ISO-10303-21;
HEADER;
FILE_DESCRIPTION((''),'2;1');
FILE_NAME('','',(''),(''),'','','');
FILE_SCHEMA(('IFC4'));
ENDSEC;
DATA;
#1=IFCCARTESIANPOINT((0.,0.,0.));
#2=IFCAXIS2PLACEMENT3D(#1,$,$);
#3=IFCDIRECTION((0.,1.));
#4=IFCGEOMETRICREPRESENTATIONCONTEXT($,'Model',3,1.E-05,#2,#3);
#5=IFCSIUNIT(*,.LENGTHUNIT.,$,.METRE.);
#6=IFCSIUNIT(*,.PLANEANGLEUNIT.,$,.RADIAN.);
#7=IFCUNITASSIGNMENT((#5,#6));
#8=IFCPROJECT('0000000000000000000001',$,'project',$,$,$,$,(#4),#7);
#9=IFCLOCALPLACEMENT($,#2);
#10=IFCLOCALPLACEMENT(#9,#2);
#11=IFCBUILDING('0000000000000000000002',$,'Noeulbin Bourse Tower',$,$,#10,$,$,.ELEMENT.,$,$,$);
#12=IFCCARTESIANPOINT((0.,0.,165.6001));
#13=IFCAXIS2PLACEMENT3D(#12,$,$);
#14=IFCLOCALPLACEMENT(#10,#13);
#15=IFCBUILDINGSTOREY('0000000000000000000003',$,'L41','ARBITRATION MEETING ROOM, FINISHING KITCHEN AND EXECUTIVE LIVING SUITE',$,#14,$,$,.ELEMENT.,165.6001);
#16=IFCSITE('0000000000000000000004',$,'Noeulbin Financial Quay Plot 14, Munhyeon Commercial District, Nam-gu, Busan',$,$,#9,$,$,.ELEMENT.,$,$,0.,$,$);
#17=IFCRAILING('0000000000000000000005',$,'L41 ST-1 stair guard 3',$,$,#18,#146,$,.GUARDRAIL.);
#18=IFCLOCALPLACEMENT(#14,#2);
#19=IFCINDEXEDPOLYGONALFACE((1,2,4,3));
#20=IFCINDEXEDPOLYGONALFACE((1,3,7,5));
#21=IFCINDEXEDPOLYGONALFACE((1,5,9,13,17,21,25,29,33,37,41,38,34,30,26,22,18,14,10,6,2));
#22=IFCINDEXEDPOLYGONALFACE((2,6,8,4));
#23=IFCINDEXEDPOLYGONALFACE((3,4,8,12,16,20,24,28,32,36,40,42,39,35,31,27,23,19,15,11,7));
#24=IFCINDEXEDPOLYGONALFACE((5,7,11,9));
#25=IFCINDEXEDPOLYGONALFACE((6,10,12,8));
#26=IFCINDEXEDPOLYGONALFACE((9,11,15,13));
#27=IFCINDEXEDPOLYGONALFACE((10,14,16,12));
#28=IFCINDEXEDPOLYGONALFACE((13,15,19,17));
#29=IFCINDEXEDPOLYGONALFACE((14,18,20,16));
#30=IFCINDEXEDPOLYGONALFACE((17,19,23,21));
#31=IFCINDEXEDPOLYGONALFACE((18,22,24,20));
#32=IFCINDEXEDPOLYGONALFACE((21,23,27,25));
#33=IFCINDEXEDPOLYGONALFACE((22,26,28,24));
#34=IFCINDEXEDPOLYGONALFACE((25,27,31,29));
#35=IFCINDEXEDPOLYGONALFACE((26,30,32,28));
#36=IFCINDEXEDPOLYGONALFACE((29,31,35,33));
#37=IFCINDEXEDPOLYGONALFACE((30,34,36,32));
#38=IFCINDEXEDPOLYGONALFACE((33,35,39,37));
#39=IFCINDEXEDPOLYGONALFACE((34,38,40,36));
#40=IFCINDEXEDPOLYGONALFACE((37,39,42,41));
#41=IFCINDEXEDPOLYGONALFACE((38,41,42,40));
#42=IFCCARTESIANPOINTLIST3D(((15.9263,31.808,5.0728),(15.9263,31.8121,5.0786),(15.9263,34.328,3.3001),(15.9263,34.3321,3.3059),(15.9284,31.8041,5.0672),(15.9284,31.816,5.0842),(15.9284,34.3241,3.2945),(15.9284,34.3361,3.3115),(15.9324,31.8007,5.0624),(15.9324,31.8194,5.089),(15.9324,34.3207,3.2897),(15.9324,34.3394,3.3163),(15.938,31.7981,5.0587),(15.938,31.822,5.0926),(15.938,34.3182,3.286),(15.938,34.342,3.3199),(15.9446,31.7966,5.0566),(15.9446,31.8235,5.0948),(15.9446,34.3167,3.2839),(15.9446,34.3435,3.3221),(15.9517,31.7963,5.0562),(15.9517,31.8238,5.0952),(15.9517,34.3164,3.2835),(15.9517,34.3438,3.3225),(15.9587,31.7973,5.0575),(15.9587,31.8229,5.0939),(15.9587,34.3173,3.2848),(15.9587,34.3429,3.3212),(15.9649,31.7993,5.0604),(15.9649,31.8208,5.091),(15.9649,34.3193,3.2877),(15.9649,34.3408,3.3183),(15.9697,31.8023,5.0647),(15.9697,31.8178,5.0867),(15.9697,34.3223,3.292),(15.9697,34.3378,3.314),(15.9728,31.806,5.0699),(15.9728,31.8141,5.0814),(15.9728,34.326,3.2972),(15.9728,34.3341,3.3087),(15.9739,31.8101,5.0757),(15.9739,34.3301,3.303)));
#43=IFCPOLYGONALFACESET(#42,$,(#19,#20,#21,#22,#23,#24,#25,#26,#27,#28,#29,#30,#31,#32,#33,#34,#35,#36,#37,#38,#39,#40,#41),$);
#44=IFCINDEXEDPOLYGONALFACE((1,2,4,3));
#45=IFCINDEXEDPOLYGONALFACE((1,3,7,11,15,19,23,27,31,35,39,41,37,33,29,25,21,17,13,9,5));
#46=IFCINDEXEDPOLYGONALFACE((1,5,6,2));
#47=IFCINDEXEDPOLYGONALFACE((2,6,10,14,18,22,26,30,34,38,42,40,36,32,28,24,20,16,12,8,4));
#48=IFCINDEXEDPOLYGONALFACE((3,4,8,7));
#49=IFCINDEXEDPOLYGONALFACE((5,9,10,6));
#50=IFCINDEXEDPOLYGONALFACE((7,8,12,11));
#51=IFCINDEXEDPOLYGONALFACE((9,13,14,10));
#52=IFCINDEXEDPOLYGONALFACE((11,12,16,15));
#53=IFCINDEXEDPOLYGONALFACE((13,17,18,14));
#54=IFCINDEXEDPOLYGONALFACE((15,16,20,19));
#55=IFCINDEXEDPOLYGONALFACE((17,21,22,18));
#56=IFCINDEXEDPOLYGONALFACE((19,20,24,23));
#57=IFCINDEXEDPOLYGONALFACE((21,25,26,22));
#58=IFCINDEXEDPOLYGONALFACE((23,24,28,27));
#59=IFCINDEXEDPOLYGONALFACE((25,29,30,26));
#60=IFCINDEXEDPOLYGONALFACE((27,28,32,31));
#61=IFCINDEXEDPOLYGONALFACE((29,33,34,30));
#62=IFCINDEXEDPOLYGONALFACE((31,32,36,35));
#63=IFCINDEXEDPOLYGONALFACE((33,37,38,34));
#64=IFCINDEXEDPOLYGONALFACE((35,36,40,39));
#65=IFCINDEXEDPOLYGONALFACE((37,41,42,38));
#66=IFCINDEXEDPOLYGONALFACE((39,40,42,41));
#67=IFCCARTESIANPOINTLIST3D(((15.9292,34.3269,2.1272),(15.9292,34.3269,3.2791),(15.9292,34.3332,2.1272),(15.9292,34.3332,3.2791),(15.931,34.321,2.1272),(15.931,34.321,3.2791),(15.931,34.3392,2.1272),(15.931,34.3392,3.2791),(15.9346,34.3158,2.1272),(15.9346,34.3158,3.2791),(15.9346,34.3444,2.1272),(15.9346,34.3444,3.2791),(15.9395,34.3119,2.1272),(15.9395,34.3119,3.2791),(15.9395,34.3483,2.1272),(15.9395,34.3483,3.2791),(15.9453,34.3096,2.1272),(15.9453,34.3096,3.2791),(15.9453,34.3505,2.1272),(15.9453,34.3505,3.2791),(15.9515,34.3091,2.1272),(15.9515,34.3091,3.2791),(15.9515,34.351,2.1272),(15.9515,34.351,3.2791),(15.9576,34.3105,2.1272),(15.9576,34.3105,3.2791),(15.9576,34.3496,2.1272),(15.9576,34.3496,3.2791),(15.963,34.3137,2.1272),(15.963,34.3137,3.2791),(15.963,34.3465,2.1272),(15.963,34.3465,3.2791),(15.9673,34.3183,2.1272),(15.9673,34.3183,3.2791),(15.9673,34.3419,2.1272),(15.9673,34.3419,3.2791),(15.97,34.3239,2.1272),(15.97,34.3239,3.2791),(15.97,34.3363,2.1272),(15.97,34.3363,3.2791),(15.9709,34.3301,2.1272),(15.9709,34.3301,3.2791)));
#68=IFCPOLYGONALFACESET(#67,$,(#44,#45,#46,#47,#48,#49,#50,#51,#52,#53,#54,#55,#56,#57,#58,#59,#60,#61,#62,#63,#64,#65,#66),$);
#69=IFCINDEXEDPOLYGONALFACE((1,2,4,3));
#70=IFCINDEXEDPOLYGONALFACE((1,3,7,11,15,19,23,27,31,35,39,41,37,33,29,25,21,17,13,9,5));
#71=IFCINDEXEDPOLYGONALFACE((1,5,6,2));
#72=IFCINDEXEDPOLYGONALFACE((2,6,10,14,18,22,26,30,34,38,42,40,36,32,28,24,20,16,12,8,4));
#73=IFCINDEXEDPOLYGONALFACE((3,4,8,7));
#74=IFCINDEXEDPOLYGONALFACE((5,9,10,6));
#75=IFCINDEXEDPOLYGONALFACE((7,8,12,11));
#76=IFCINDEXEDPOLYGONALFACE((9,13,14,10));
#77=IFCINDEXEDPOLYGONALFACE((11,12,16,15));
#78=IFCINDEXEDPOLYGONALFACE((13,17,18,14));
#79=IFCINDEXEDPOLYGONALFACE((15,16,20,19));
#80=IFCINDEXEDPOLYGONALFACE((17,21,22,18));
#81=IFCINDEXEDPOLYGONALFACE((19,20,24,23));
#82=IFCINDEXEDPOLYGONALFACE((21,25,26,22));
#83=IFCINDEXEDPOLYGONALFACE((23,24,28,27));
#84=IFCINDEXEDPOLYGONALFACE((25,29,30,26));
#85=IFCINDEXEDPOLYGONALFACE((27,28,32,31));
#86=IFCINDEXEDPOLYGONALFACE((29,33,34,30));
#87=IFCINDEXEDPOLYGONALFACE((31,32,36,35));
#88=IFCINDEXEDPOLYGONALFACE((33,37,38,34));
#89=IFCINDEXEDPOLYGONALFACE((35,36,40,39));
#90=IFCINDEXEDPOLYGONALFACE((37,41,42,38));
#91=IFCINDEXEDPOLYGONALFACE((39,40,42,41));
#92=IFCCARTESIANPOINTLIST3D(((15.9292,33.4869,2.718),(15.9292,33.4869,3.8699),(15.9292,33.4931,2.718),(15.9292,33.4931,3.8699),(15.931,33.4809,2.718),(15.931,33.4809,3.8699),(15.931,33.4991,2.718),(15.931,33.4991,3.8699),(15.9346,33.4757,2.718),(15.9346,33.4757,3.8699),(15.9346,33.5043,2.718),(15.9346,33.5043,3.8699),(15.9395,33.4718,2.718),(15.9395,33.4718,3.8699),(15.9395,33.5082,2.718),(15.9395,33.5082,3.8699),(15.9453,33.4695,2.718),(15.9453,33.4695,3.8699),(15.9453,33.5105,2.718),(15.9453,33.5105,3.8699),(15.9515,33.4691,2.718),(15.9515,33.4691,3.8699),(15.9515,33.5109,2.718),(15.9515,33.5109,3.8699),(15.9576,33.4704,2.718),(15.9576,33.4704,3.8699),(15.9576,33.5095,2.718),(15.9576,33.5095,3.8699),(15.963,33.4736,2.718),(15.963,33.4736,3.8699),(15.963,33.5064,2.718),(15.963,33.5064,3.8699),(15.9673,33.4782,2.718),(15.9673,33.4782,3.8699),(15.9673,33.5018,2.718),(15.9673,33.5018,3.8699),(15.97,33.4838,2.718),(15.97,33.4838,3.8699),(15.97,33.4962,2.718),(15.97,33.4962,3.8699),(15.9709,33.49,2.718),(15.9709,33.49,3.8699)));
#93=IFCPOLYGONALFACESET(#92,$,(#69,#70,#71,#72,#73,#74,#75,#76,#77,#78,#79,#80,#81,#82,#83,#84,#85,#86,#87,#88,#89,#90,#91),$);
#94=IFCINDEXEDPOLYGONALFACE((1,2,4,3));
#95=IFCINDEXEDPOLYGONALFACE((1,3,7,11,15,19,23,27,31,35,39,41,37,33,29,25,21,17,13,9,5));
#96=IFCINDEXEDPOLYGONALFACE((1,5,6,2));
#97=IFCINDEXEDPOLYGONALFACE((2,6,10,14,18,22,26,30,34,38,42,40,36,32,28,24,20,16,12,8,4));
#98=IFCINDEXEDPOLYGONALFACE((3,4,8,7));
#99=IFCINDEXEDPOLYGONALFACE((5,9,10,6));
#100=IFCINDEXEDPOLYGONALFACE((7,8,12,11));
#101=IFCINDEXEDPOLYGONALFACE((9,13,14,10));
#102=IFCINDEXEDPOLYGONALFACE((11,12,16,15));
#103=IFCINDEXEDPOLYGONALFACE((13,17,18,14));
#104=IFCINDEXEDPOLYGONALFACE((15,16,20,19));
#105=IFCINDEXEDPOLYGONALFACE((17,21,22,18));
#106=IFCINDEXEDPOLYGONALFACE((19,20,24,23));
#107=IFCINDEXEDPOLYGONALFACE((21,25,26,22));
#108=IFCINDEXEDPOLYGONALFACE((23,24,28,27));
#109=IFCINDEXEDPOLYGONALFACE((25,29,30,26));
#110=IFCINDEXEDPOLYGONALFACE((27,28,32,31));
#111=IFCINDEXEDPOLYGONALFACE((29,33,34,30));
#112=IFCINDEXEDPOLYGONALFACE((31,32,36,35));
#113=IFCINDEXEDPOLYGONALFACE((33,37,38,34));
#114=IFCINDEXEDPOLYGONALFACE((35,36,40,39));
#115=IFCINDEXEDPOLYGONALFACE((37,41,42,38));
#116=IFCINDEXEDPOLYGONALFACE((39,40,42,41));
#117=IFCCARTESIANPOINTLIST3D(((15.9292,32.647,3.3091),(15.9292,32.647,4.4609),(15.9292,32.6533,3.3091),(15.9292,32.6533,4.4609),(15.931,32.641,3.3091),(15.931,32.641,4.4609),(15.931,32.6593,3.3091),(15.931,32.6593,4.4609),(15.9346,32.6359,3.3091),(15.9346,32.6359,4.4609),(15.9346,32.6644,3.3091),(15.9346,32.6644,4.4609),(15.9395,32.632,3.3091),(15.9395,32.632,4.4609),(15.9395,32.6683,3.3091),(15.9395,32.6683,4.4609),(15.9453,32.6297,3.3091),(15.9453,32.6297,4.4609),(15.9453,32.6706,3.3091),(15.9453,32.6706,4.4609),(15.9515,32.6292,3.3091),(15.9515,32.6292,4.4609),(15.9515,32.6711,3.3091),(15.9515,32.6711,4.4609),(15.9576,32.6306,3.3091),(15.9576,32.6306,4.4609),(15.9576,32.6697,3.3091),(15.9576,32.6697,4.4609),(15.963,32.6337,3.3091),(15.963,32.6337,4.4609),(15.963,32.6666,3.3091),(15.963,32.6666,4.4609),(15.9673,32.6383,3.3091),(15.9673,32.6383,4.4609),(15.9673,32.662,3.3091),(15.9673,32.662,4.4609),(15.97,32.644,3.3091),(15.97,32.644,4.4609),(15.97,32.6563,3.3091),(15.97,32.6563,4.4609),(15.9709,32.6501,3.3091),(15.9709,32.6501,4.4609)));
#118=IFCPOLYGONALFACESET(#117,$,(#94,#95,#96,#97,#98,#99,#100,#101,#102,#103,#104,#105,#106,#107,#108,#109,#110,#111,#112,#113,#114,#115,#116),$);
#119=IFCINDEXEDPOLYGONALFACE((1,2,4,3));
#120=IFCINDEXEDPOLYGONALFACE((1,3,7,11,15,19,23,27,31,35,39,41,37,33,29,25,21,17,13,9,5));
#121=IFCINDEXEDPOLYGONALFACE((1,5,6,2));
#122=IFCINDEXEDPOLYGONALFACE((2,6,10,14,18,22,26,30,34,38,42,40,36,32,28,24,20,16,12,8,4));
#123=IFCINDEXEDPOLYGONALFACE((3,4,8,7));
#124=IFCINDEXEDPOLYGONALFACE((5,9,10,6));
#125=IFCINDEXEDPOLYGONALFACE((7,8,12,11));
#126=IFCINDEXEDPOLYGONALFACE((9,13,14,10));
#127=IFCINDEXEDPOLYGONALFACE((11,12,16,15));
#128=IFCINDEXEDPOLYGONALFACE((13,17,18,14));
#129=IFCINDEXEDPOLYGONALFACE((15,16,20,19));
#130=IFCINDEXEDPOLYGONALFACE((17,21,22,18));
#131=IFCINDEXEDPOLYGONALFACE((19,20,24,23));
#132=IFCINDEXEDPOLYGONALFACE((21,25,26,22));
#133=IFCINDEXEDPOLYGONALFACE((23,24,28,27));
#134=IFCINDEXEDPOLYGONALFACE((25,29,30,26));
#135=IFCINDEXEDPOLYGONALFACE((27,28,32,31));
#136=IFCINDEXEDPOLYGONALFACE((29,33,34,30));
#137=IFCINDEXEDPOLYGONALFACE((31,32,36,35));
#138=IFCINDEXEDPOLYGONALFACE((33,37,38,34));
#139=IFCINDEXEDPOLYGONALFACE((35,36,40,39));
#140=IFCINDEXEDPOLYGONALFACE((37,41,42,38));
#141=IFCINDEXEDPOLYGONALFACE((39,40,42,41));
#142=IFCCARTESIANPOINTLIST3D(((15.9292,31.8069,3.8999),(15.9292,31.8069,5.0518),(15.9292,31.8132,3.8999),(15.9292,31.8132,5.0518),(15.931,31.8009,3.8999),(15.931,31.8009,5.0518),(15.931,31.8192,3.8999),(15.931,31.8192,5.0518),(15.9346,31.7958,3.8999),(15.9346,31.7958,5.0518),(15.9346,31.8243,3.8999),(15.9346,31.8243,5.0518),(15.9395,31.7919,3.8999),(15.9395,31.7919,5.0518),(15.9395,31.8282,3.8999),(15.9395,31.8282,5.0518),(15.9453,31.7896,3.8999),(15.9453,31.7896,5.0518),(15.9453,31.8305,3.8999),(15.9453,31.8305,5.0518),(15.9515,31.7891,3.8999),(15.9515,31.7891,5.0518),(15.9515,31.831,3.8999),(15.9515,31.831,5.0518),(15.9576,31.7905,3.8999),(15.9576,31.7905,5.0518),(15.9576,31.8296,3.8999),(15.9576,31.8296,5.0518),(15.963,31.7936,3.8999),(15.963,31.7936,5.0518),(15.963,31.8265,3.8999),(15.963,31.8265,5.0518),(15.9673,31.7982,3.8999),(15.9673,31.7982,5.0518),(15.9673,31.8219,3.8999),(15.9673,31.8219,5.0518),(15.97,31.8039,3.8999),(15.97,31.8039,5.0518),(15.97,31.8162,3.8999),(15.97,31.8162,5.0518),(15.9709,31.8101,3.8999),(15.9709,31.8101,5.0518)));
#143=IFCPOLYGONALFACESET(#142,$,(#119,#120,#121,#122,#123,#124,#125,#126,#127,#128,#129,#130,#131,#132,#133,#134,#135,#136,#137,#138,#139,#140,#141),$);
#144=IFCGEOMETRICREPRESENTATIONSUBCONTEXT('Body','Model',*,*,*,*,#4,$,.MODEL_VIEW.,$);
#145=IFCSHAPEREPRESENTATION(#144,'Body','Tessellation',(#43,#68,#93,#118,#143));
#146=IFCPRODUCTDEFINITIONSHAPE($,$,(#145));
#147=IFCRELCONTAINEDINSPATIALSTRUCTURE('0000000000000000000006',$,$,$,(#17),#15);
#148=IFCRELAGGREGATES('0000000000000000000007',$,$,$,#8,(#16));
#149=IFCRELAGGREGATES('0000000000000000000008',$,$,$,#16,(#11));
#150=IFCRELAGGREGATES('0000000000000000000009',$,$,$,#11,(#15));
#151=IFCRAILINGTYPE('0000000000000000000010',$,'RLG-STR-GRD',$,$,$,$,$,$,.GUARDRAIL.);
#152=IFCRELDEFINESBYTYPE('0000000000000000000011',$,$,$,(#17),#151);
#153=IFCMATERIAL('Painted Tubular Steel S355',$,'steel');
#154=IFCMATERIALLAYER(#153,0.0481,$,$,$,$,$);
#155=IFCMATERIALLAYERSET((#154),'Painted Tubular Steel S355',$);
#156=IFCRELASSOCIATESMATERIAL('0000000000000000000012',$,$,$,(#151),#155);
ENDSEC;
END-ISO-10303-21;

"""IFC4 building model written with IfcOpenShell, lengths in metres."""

from ifc_helpers import new_model, si_unit, direction, frame, origin, origin_2d, place, context, subcontext, project, spatial, circle, extrude, material, layer, layer_set, type_object, element, save


model = new_model("IFC4")

# Units and contexts
model_context = context("Model", 3, precision=1e-05, world=origin(), true_north=direction((0.0, 1.0)))
body_context = subcontext(model_context, "Body", "Model", "MODEL_VIEW")
ifc_project = project(units=[si_unit("LENGTHUNIT", "METRE"), si_unit("PLANEANGLEUNIT", "RADIAN")], contexts=[model_context])

# Site, building, storey
site_placement = place(None, origin())
site = spatial("IfcSite", under=ifc_project, at=site_placement, Name="Noeulbin Financial Quay Plot 14, Munhyeon Commercial District, Nam-gu, Busan", CompositionType="ELEMENT", RefElevation=0.0)
building_placement = place(site_placement, origin())
building = spatial("IfcBuilding", under=site, at=building_placement, Name="Noeulbin Bourse Tower", CompositionType="ELEMENT")
storey_placement = place(building_placement, frame((0.0, 0.0, 165.6001)))
storey = spatial("IfcBuildingStorey", under=building, at=storey_placement, Name="L41", Description="ARBITRATION MEETING ROOM, FINISHING KITCHEN AND EXECUTIVE LIVING SUITE", CompositionType="ELEMENT", Elevation=165.6001)

# Railing
ifc_material_1 = material(Name="Painted Tubular Steel S355", Category="steel")
ifc_layer_1 = layer(ifc_material_1, 0.0481)
ifc_layer_set_1 = layer_set([ifc_layer_1], Name="Painted Tubular Steel S355")
railing_type_1 = type_object("IfcRailingType", Name="RLG-STR-GRD", PredefinedType="GUARDRAIL", material=ifc_layer_set_1)
railing_1_placement = place(storey_placement, frame((15.95, 34.3301, 2.1272)))
element("IfcRailing", 1, at=railing_1_placement, inside=storey, type_object=railing_type_1, Name="L41 ST-1 stair guard 3", PredefinedType="GUARDRAIL", context=body_context, shape_type="SweptSolid", body=[
    extrude(circle(Radius=0.0239, at=origin_2d()), frame((0.0, 0.0, 1.1758), z_axis=(0.0, -0.817904, 0.575354), x_axis=(1.0, 0.0, 0.0)), (0.0, 0.0, 1.0), 3.0811),
    extrude(circle(Radius=0.021, at=origin_2d()), origin(), (0.0, 0.0, 1.0), 1.1519),
    extrude(circle(Radius=0.021, at=origin_2d()), frame((0.0, -0.8401, 0.5908)), (0.0, 0.0, 1.0), 1.1519),
    extrude(circle(Radius=0.021, at=origin_2d()), frame((0.0, -1.6799, 1.1819)), (0.0, 0.0, 1.0), 1.1519),
    extrude(circle(Radius=0.021, at=origin_2d()), frame((0.0, -2.52, 1.7727)), (0.0, 0.0, 1.0), 1.1519),
])

save(model, "model.ifc")
